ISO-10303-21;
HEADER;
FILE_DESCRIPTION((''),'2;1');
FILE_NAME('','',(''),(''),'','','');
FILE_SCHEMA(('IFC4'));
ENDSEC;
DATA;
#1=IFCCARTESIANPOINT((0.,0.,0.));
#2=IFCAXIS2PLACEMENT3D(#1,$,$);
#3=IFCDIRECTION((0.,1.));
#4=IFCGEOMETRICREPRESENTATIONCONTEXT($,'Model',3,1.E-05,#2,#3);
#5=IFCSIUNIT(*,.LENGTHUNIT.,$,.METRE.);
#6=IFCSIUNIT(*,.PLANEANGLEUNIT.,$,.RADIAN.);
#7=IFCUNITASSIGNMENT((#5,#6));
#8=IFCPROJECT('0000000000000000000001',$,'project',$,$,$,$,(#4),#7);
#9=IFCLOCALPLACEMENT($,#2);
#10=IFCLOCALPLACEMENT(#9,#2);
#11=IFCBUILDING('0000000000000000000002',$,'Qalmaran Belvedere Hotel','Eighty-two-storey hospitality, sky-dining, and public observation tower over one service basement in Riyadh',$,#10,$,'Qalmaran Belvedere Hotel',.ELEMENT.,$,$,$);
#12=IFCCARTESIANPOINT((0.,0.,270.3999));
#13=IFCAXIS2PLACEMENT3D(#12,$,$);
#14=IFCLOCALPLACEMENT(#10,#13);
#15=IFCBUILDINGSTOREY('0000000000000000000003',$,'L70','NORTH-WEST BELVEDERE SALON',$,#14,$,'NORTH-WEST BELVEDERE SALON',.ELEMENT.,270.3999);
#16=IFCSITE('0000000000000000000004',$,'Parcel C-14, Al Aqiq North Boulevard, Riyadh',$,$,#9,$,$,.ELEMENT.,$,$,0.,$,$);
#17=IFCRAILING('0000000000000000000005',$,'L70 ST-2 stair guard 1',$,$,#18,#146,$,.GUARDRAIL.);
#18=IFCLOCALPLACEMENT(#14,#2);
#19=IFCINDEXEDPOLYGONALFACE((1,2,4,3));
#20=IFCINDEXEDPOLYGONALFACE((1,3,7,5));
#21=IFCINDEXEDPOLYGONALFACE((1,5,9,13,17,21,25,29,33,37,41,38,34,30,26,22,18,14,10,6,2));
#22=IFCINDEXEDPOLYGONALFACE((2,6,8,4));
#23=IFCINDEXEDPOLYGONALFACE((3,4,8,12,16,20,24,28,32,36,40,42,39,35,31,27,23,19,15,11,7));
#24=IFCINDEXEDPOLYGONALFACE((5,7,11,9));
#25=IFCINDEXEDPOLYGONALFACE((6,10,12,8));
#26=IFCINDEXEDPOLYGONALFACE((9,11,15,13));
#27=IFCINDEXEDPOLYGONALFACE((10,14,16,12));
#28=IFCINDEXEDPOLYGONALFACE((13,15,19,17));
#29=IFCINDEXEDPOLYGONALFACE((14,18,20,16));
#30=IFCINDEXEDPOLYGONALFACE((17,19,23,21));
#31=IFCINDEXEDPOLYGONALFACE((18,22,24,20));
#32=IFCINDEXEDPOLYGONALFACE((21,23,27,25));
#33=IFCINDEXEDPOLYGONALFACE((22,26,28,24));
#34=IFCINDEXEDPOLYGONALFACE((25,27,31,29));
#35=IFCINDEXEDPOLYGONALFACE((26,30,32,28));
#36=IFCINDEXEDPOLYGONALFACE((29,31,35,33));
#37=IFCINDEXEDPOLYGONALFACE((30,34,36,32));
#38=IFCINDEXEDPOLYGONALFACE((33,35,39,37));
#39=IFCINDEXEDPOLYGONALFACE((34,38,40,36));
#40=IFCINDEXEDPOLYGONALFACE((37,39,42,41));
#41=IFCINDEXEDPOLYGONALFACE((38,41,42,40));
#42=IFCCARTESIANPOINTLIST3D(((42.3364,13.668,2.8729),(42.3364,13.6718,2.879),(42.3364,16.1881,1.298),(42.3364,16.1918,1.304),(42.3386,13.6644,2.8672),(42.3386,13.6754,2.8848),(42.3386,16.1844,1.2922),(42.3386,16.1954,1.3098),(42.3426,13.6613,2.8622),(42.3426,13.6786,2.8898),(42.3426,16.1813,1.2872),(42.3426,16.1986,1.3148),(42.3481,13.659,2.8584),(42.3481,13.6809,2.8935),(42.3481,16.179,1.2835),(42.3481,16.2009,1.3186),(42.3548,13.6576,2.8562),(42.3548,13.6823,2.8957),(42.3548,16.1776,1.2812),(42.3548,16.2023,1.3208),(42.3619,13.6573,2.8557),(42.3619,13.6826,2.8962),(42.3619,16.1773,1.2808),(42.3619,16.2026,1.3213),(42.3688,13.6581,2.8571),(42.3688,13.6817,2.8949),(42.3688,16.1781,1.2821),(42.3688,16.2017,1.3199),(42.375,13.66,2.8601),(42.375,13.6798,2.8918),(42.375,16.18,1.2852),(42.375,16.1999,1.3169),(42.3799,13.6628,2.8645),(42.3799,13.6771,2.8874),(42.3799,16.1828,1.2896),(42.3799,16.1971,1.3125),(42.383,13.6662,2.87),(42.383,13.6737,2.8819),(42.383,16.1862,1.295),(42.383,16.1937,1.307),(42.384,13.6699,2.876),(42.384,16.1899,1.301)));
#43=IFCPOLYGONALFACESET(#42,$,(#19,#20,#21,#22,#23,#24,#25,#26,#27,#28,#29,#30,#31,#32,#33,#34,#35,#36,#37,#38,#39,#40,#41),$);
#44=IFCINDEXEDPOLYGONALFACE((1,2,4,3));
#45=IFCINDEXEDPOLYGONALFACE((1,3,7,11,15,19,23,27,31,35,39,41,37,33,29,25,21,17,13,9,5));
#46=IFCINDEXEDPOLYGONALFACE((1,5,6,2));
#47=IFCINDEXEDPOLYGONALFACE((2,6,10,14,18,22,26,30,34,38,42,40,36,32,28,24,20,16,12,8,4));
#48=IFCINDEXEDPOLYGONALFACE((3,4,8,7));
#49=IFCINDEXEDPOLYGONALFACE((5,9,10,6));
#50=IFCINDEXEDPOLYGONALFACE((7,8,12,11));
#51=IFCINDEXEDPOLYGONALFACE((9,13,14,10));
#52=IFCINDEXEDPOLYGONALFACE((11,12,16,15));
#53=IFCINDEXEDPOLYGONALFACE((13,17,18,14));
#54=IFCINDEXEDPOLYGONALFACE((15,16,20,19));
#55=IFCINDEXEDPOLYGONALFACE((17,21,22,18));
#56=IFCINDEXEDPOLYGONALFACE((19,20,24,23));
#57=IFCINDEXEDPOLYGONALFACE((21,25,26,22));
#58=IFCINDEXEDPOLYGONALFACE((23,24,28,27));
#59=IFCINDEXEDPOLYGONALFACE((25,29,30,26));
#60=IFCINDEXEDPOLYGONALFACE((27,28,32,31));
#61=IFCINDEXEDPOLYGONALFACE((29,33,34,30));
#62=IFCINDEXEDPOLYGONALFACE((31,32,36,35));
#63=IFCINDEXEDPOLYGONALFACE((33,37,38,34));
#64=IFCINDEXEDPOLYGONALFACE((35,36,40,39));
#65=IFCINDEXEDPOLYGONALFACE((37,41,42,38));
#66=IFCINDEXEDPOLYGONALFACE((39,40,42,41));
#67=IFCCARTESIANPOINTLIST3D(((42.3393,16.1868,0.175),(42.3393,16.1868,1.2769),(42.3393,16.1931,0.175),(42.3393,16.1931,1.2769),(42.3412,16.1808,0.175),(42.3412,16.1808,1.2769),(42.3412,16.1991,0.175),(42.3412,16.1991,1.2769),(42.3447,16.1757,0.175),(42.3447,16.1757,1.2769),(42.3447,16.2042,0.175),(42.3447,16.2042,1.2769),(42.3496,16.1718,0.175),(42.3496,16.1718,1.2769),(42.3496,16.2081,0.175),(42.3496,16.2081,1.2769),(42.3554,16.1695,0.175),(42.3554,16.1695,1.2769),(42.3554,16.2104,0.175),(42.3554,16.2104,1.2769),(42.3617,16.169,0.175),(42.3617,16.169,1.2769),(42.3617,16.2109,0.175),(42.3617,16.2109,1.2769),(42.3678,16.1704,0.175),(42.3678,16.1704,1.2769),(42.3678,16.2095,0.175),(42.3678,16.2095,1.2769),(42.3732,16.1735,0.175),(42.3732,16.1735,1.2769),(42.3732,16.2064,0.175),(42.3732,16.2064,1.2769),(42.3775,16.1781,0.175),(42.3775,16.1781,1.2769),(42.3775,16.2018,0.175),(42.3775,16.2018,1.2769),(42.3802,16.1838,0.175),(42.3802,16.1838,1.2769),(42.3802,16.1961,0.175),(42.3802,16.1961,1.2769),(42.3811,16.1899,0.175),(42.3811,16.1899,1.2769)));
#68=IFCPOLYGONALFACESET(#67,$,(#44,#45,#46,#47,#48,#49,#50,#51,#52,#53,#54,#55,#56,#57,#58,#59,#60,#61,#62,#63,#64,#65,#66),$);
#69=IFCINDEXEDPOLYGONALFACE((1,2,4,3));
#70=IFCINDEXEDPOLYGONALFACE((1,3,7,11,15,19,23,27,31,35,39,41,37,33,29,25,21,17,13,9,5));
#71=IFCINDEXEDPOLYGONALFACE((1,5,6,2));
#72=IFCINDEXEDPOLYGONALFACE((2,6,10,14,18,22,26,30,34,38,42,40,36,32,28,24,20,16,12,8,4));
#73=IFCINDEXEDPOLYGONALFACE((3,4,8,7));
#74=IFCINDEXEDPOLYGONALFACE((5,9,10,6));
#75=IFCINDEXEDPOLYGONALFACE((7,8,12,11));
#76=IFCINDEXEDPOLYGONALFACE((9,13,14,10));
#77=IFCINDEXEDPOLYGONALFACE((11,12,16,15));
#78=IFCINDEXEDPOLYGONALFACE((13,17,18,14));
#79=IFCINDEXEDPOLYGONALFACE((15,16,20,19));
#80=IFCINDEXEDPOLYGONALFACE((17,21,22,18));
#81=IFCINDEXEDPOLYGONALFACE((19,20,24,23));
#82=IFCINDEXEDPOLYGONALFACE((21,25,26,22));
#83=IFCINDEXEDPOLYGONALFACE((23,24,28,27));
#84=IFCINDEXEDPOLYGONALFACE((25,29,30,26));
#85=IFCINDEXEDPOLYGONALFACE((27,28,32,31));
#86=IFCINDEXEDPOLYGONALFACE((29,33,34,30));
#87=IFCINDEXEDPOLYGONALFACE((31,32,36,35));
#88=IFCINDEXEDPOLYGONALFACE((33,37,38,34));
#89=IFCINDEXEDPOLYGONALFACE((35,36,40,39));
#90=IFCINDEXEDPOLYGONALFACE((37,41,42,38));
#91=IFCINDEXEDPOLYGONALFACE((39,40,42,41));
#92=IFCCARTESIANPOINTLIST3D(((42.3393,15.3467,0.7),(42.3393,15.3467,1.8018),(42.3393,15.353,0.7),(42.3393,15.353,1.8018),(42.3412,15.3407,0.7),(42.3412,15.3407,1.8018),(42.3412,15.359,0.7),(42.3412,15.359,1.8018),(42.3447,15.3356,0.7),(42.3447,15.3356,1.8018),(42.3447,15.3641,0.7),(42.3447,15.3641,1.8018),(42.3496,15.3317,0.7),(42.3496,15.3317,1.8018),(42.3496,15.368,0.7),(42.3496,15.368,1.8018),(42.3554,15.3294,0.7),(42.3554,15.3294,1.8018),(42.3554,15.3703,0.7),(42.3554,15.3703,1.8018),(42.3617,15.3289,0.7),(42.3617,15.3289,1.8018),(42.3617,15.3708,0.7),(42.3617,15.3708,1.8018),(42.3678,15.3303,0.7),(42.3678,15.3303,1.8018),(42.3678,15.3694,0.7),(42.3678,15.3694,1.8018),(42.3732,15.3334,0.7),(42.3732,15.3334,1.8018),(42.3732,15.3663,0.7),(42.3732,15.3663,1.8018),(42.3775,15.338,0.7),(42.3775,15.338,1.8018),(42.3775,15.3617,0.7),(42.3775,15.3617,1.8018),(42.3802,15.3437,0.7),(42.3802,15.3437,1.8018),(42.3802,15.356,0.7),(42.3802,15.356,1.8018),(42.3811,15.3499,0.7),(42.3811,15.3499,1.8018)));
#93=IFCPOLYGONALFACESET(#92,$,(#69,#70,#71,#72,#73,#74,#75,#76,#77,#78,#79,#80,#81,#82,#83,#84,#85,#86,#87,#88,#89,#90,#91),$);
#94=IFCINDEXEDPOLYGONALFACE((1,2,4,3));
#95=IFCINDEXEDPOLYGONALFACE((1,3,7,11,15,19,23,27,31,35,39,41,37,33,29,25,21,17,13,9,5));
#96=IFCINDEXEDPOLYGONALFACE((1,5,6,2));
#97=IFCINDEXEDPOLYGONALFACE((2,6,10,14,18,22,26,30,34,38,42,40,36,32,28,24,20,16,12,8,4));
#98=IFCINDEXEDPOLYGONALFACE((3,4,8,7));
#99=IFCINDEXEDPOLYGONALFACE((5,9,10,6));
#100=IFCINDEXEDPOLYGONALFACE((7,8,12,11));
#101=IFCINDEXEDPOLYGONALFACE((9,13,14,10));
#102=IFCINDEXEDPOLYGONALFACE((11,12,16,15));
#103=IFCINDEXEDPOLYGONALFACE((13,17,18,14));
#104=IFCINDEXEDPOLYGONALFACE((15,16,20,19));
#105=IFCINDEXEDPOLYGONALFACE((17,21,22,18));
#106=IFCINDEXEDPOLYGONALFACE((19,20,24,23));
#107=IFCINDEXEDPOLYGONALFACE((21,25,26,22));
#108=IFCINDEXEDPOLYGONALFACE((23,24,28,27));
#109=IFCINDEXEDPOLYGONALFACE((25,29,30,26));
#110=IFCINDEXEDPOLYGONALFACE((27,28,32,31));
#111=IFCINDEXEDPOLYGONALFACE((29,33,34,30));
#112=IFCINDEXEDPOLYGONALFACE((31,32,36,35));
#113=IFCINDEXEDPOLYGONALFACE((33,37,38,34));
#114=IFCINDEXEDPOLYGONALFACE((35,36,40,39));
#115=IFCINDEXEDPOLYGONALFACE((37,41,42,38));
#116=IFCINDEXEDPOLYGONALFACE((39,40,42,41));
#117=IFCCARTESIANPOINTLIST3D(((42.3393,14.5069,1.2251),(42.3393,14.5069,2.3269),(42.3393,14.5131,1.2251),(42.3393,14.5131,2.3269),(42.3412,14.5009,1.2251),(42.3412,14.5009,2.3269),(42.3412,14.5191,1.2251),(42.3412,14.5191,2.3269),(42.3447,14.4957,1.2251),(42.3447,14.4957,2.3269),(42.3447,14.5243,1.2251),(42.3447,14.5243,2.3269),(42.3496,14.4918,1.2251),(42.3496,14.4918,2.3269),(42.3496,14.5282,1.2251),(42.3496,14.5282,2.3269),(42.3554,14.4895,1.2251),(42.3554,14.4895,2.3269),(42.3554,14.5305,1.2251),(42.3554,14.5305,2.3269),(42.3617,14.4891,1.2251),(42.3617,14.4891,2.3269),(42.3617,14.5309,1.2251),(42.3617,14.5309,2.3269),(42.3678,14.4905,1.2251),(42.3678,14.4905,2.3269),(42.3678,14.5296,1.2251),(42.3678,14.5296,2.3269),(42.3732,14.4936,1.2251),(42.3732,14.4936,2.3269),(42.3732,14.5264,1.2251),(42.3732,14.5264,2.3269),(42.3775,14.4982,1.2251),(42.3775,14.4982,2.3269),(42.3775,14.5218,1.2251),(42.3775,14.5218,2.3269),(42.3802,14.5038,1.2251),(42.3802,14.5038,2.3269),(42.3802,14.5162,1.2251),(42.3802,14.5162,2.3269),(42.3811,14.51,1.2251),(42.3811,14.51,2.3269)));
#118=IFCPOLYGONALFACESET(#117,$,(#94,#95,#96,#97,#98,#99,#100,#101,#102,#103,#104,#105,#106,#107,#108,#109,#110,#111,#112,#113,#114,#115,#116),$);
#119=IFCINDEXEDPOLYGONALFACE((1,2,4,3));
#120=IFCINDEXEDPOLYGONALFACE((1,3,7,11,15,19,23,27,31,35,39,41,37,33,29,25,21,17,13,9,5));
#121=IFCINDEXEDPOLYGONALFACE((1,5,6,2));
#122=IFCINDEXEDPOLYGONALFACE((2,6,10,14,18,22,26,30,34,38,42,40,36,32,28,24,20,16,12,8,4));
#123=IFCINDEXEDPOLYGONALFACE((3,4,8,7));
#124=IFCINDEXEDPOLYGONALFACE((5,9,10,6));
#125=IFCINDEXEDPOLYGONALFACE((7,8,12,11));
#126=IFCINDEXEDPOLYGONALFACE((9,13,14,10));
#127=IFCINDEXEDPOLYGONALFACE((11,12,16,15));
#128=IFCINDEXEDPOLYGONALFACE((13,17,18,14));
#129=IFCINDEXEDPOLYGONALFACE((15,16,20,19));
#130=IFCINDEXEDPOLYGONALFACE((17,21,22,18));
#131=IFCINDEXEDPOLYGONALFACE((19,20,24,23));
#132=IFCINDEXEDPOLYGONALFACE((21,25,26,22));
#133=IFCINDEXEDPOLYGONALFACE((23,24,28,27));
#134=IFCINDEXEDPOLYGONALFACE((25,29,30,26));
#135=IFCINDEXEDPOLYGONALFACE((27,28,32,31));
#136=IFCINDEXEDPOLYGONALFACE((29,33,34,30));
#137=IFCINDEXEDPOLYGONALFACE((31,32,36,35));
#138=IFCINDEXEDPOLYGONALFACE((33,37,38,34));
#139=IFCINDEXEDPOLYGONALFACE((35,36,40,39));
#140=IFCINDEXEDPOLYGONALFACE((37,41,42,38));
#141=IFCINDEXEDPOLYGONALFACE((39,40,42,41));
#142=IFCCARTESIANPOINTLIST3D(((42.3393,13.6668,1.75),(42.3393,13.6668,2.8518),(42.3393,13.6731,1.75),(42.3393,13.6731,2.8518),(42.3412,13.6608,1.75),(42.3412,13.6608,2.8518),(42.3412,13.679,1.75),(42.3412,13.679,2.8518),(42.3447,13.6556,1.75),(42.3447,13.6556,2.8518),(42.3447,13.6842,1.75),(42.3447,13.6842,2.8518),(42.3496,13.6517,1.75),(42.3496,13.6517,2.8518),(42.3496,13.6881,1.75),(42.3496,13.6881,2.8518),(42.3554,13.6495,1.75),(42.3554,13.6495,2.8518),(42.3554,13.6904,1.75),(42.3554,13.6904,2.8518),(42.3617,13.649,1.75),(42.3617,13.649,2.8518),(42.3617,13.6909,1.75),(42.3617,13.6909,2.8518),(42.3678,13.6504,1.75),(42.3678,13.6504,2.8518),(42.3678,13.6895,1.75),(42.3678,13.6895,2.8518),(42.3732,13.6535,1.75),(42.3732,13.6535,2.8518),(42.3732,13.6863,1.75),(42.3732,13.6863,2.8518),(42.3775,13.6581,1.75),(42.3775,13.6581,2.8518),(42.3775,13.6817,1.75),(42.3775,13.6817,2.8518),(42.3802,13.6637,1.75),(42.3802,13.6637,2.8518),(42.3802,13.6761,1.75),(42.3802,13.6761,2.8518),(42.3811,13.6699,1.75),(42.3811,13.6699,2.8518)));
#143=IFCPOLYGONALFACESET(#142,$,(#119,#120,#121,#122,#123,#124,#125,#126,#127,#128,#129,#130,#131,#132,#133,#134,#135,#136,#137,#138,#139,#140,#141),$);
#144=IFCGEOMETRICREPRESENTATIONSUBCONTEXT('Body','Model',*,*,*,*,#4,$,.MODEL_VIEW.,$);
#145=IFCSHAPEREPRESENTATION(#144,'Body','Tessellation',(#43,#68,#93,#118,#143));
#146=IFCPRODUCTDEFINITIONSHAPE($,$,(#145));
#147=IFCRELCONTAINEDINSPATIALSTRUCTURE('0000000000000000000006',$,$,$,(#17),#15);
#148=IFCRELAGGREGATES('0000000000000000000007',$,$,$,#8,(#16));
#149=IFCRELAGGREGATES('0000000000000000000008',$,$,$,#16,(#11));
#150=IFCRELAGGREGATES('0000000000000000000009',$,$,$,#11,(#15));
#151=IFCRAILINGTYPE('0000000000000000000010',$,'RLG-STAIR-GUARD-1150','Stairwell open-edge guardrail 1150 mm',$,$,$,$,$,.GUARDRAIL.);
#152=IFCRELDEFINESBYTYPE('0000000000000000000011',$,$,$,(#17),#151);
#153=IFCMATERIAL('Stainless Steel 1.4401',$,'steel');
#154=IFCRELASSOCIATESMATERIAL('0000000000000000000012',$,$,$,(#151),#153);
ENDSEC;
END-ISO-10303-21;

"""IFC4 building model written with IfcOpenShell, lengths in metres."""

from ifc_helpers import new_model, si_unit, direction, frame, origin, origin_2d, place, context, subcontext, project, spatial, circle, extrude, material, type_object, element, save


model = new_model("IFC4")

# Units and contexts
model_context = context("Model", 3, precision=1e-05, world=origin(), true_north=direction((0.0, 1.0)))
body_context = subcontext(model_context, "Body", "Model", "MODEL_VIEW")
ifc_project = project(units=[si_unit("LENGTHUNIT", "METRE"), si_unit("PLANEANGLEUNIT", "RADIAN")], contexts=[model_context])

# Site, building, storey
site_placement = place(None, origin())
site = spatial("IfcSite", under=ifc_project, at=site_placement, Name="Parcel C-14, Al Aqiq North Boulevard, Riyadh", CompositionType="ELEMENT", RefElevation=0.0)
building_placement = place(site_placement, origin())
building = spatial("IfcBuilding", under=site, at=building_placement, Name="Qalmaran Belvedere Hotel", Description="Eighty-two-storey hospitality, sky-dining, and public observation tower over one service basement in Riyadh", LongName="Qalmaran Belvedere Hotel", CompositionType="ELEMENT")
storey_placement = place(building_placement, frame((0.0, 0.0, 270.3999)))
storey = spatial("IfcBuildingStorey", under=building, at=storey_placement, Name="L70", Description="NORTH-WEST BELVEDERE SALON", LongName="NORTH-WEST BELVEDERE SALON", CompositionType="ELEMENT", Elevation=270.3999)

# Railing
ifc_material_1 = material(Name="Stainless Steel 1.4401", Category="steel")
railing_type_1 = type_object("IfcRailingType", Name="RLG-STAIR-GUARD-1150", Description="Stairwell open-edge guardrail 1150 mm", PredefinedType="GUARDRAIL", material=ifc_material_1)
railing_1_placement = place(storey_placement, frame((42.3601, 16.1899, 0.175)))
element("IfcRailing", 1, at=railing_1_placement, inside=storey, type_object=railing_type_1, Name="L70 ST-2 stair guard 1", PredefinedType="GUARDRAIL", context=body_context, shape_type="SweptSolid", body=[
    extrude(circle(Radius=0.0239, at=origin_2d()), frame((0.0, 0.0, 1.126), z_axis=(0.0, -0.848008, 0.529984), x_axis=(1.0, 0.0, 0.0)), (0.0, 0.0, 1.0), 2.9717),
    extrude(circle(Radius=0.021, at=origin_2d()), origin(), (0.0, 0.0, 1.0), 1.1018),
    extrude(circle(Radius=0.021, at=origin_2d()), frame((0.0, -0.8401, 0.5249)), (0.0, 0.0, 1.0), 1.1018),
    extrude(circle(Radius=0.021, at=origin_2d()), frame((0.0, -1.6799, 1.05)), (0.0, 0.0, 1.0), 1.1018),
    extrude(circle(Radius=0.021, at=origin_2d()), frame((0.0, -2.52, 1.575)), (0.0, 0.0, 1.0), 1.1018),
])

save(model, "model.ifc")
